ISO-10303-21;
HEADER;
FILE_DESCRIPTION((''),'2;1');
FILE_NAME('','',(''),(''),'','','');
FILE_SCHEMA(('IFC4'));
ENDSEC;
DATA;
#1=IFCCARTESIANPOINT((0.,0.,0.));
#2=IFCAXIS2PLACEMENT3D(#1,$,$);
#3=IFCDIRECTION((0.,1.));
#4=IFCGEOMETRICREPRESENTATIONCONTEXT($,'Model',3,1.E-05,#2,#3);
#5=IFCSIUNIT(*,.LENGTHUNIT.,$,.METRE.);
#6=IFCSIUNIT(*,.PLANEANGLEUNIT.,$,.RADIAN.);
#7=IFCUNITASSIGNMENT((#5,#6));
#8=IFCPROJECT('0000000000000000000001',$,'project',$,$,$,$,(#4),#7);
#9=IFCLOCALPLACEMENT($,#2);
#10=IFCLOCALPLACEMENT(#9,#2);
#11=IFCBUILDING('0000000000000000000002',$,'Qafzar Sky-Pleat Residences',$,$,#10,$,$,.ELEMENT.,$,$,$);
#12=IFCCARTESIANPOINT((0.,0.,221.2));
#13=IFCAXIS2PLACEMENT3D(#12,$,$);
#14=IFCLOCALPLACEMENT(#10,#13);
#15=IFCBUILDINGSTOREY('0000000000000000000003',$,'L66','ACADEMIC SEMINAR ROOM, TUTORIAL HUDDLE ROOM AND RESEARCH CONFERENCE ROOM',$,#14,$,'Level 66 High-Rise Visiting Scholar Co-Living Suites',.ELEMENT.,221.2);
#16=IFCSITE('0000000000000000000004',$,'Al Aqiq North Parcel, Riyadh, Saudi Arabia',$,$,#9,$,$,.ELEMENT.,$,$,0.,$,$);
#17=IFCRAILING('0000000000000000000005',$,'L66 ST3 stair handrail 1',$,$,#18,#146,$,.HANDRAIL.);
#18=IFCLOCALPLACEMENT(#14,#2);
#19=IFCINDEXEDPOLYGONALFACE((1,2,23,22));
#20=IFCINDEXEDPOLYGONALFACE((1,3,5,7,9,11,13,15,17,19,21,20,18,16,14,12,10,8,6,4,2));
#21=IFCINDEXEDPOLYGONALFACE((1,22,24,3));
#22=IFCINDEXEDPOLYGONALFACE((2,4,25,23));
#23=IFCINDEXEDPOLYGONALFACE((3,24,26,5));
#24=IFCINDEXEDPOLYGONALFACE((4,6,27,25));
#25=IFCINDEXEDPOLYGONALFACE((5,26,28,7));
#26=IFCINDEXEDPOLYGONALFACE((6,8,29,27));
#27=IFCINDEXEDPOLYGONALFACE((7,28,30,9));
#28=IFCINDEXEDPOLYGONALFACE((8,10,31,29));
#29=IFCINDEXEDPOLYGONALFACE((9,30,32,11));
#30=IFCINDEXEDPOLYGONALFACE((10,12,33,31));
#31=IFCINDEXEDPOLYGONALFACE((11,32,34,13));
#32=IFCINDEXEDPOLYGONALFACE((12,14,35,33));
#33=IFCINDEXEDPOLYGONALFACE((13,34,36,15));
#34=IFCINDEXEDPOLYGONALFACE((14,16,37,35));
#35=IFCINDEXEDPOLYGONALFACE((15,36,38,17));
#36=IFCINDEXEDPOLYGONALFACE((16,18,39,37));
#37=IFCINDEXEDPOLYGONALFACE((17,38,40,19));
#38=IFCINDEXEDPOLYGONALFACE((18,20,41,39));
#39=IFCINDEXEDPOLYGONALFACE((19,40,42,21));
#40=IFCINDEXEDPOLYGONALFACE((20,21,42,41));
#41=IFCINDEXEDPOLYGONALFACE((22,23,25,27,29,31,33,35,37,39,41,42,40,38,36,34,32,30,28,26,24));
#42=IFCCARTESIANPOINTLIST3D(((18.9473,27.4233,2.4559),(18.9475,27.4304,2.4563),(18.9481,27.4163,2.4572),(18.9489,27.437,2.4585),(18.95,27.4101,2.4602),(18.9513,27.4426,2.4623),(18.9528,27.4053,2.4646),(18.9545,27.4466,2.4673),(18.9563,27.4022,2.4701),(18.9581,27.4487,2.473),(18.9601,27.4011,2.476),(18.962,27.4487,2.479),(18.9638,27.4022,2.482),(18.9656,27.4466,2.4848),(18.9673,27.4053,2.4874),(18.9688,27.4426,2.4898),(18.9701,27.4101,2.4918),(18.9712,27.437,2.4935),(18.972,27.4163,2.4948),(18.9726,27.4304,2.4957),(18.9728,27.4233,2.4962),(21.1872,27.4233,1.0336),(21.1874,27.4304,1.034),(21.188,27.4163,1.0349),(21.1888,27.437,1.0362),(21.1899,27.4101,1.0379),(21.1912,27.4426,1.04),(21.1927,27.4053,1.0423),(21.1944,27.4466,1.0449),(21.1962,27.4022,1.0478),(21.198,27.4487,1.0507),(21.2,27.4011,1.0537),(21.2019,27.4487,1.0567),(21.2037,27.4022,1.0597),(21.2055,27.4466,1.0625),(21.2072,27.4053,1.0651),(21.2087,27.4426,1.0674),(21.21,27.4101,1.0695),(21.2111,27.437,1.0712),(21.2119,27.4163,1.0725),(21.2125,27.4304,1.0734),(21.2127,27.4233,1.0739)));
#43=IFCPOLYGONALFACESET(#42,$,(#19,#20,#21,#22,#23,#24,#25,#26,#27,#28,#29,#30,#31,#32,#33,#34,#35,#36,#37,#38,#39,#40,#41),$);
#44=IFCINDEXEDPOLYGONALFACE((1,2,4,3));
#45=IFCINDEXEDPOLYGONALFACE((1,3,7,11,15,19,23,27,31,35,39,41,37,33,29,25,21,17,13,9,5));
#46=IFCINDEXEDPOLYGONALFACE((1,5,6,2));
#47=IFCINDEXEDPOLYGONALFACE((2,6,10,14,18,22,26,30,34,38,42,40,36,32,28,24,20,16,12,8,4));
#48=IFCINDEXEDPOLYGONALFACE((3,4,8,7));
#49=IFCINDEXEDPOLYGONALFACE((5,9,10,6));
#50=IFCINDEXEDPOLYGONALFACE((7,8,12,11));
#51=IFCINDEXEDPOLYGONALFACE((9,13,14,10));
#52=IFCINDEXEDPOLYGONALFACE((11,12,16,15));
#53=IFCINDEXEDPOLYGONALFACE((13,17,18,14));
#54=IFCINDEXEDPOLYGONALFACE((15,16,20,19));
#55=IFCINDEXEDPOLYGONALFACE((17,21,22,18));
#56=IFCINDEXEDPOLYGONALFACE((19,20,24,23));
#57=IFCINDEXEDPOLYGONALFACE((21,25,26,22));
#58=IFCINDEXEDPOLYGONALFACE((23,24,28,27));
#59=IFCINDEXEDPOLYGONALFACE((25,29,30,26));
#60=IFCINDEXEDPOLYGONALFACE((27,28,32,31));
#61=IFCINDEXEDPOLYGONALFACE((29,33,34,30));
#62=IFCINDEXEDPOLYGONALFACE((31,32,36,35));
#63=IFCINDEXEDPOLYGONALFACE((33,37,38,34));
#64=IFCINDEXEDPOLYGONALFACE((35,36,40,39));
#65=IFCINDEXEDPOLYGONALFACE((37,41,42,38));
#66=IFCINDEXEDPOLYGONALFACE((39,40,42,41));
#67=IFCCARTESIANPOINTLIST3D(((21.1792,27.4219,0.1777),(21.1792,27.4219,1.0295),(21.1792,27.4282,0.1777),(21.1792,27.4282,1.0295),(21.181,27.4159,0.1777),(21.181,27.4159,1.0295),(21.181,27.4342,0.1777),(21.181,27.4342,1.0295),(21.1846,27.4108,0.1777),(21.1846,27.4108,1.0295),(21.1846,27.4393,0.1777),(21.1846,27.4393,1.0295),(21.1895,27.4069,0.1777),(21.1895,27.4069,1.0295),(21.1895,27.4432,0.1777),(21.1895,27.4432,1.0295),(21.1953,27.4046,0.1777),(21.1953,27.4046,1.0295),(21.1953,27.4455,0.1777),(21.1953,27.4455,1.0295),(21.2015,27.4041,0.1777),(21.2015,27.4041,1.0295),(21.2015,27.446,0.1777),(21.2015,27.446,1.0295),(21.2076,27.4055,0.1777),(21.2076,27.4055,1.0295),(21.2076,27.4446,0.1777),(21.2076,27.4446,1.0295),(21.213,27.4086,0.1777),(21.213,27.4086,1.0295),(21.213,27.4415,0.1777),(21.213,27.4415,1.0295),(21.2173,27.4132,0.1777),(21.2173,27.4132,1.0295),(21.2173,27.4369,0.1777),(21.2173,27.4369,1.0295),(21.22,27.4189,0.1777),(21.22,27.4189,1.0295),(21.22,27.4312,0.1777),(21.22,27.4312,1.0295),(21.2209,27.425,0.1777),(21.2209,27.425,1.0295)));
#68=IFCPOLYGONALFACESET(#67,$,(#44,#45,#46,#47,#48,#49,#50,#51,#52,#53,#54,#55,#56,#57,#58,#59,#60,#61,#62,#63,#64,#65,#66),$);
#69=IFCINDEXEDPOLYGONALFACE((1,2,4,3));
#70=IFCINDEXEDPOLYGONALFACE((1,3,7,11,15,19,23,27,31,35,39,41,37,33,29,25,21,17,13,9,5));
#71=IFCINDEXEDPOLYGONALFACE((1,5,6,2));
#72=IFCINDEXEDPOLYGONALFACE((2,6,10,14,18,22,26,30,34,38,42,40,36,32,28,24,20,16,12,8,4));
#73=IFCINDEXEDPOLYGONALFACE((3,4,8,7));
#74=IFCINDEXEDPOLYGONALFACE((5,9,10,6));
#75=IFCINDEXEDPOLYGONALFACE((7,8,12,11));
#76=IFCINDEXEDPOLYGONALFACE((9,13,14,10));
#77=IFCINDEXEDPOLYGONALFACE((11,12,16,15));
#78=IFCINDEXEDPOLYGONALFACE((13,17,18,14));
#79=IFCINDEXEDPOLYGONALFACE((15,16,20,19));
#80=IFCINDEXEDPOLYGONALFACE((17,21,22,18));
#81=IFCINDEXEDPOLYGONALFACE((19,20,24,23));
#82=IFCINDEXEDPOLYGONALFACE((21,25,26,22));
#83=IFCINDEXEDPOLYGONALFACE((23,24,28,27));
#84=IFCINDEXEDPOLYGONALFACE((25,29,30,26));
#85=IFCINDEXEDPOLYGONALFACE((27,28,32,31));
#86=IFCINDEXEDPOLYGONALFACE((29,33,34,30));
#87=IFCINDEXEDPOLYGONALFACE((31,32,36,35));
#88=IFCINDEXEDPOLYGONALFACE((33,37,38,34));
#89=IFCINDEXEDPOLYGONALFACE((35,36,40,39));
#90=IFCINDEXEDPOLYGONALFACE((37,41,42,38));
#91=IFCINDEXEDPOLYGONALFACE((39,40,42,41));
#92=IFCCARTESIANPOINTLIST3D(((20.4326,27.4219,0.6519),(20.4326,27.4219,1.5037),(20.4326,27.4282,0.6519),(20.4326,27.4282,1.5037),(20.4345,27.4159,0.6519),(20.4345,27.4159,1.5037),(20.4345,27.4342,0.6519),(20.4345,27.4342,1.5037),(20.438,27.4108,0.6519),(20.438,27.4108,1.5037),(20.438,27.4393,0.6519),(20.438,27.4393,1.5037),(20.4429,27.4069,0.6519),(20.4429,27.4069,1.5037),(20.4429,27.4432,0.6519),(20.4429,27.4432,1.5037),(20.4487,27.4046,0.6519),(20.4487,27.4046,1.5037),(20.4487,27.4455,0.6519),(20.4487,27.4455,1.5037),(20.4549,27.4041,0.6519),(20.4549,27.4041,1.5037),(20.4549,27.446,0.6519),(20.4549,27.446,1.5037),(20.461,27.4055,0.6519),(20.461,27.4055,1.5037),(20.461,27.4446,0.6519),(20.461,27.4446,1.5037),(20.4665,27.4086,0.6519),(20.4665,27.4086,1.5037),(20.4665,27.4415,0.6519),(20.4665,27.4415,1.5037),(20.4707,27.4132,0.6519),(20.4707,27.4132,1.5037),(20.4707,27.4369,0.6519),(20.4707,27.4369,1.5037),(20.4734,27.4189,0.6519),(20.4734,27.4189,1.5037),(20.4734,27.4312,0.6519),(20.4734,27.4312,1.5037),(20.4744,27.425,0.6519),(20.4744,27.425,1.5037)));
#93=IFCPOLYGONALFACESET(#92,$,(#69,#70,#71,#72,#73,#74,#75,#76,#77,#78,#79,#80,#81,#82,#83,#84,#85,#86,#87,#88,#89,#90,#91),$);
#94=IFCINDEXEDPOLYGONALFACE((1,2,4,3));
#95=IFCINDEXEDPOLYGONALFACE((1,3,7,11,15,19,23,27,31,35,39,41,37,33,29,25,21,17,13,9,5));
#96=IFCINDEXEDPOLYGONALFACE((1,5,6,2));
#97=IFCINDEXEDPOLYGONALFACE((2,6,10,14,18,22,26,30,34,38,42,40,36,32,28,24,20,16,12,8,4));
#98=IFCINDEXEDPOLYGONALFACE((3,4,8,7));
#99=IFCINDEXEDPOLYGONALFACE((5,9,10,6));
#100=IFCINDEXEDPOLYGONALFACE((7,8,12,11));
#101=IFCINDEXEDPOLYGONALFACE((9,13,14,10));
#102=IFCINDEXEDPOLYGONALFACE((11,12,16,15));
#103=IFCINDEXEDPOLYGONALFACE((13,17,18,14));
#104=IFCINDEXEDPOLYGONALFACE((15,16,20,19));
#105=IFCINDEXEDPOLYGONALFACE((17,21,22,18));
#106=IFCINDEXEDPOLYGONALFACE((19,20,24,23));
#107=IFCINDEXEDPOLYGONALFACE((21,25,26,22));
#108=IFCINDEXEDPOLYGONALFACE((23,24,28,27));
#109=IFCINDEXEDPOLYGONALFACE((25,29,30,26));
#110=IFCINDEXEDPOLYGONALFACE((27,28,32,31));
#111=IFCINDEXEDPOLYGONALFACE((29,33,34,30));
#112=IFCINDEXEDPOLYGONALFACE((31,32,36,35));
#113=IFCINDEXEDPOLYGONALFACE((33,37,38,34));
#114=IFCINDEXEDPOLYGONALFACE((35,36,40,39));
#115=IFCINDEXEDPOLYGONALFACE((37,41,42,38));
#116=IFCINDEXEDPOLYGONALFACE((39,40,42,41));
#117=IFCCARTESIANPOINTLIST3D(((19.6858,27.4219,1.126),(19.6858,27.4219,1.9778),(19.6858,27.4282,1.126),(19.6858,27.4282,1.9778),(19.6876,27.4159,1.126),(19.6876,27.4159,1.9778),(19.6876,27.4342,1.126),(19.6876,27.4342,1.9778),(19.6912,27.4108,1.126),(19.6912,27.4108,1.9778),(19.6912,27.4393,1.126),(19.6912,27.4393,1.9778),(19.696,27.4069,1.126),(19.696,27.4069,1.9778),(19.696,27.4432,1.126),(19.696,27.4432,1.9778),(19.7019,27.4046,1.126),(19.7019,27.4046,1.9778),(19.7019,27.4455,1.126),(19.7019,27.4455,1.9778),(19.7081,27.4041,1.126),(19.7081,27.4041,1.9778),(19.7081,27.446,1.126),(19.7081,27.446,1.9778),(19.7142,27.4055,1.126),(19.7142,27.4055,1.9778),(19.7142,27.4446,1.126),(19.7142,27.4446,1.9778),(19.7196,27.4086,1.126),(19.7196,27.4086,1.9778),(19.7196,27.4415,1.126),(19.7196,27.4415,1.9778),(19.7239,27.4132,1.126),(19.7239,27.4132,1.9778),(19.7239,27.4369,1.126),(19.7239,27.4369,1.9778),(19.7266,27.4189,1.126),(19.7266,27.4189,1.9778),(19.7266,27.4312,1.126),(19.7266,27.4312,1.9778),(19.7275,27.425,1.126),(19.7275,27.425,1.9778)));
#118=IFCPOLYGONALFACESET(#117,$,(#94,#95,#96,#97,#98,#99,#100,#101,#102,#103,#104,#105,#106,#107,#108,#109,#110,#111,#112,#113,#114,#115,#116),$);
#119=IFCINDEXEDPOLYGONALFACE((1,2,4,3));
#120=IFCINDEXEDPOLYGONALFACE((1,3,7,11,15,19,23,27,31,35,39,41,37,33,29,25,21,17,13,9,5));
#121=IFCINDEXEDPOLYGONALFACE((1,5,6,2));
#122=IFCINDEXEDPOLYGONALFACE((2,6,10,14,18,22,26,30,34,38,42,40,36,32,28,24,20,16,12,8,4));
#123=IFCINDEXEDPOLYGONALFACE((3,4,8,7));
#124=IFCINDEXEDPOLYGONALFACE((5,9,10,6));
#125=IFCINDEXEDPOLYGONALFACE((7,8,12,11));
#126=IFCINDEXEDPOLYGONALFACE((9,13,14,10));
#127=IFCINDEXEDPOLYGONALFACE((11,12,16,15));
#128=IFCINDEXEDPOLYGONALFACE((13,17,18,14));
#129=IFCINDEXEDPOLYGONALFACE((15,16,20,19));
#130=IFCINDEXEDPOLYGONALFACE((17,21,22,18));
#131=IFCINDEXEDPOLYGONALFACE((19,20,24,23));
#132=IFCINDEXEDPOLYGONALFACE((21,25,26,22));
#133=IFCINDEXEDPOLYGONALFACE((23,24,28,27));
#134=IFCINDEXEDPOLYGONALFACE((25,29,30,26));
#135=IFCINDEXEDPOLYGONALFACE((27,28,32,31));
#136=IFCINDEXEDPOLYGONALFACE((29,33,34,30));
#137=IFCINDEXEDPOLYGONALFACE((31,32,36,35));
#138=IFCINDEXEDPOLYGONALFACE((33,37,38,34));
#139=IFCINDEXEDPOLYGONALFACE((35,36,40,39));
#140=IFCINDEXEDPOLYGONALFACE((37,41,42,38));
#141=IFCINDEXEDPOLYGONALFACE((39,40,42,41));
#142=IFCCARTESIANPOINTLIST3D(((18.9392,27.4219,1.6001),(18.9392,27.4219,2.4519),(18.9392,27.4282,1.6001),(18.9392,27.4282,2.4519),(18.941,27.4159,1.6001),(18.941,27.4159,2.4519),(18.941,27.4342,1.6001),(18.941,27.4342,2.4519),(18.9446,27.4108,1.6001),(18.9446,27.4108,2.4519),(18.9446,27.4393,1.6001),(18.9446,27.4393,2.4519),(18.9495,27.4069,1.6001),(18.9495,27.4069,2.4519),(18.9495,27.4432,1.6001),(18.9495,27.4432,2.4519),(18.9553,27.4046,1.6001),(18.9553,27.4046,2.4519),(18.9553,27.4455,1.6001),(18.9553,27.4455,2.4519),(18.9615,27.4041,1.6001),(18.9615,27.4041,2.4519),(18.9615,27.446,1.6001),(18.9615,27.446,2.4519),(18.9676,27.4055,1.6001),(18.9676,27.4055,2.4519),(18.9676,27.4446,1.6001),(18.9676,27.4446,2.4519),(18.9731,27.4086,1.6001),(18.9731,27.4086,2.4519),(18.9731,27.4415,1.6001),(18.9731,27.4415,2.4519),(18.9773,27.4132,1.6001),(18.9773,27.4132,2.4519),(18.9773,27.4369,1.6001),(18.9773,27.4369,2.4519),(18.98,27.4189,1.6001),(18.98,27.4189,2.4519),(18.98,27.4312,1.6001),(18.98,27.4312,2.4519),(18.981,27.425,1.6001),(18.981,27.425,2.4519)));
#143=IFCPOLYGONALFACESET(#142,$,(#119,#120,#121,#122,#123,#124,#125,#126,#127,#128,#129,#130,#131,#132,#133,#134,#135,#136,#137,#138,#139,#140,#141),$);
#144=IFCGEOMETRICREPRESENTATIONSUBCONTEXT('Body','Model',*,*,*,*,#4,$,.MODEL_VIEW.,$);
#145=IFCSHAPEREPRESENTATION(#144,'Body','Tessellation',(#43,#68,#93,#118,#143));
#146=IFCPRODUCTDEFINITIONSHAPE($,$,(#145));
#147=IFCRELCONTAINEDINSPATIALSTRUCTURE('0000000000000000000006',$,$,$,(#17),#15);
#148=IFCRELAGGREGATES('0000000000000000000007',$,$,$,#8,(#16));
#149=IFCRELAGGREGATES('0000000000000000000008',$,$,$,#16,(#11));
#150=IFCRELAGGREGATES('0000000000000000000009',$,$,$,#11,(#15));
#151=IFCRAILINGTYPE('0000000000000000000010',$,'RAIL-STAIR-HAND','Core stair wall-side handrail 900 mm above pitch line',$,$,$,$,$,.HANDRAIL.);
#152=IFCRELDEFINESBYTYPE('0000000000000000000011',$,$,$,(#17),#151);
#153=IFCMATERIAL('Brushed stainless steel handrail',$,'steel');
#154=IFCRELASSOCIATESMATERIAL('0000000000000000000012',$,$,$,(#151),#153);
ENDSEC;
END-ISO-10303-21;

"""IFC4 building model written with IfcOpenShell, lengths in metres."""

from ifc_helpers import new_model, si_unit, direction, frame, origin, origin_2d, place, context, subcontext, project, spatial, circle, extrude, source, transform, mapped, material, type_object, element, save


model = new_model("IFC4")

# Units and contexts
model_context = context("Model", 3, precision=1e-05, world=origin(), true_north=direction((0.0, 1.0)))
body_context = subcontext(model_context, "Body", "Model", "MODEL_VIEW")
ifc_project = project(units=[si_unit("LENGTHUNIT", "METRE"), si_unit("PLANEANGLEUNIT", "RADIAN")], contexts=[model_context])

# Site, building, storey
site_placement = place(None, origin())
site = spatial("IfcSite", under=ifc_project, at=site_placement, Name="Al Aqiq North Parcel, Riyadh, Saudi Arabia", CompositionType="ELEMENT", RefElevation=0.0)
building_placement = place(site_placement, origin())
building = spatial("IfcBuilding", under=site, at=building_placement, Name="Qafzar Sky-Pleat Residences", CompositionType="ELEMENT")
storey_placement = place(building_placement, frame((0.0, 0.0, 221.2)))
storey = spatial("IfcBuildingStorey", under=building, at=storey_placement, Name="L66", Description="ACADEMIC SEMINAR ROOM, TUTORIAL HUDDLE ROOM AND RESEARCH CONFERENCE ROOM", LongName="Level 66 High-Rise Visiting Scholar Co-Living Suites", CompositionType="ELEMENT", Elevation=221.2)

# Railing
ifc_material_1 = material(Name="Brushed stainless steel handrail", Category="steel")
railing_type = type_object("IfcRailingType", Name="RAIL-STAIR-HAND", Description="Core stair wall-side handrail 900 mm above pitch line", PredefinedType="HANDRAIL", material=ifc_material_1)
shared_shape_1 = source(origin(), body_context, "Body", "SweptSolid", [
    extrude(circle(Radius=0.0239, at=origin_2d()), frame((0.0, 0.0, 0.876), z_axis=(-0.844188, 0.0, 0.536048), x_axis=(0.0, -1.0, 0.0)), (0.0, 0.0, 1.0), 2.6533),
    extrude(circle(Radius=0.021, at=origin_2d()), origin(), (0.0, 0.0, 1.0), 0.8518),
    extrude(circle(Radius=0.021, at=origin_2d()), frame((-0.7466, 0.0, 0.4741)), (0.0, 0.0, 1.0), 0.8518),
    extrude(circle(Radius=0.021, at=origin_2d()), frame((-1.4934, 0.0, 0.9482)), (0.0, 0.0, 1.0), 0.8518),
    extrude(circle(Radius=0.021, at=origin_2d()), frame((-2.24, 0.0, 1.4224)), (0.0, 0.0, 1.0), 0.8518),
])
railing_placement = place(storey_placement, frame((21.2, 27.425, 0.1777)))
element("IfcRailing", 1, at=railing_placement, inside=storey, type_object=railing_type, Name="L66 ST3 stair handrail 1", PredefinedType="HANDRAIL", context=body_context, shape_type="MappedRepresentation", body=[
    mapped(shared_shape_1, transform((0.0, 0.0, 0.0), x_axis=(1.0, 0.0, 0.0), y_axis=(0.0, 1.0, 0.0), z_axis=(0.0, 0.0, 1.0), scale=1.0)),
])

save(model, "model.ifc")
